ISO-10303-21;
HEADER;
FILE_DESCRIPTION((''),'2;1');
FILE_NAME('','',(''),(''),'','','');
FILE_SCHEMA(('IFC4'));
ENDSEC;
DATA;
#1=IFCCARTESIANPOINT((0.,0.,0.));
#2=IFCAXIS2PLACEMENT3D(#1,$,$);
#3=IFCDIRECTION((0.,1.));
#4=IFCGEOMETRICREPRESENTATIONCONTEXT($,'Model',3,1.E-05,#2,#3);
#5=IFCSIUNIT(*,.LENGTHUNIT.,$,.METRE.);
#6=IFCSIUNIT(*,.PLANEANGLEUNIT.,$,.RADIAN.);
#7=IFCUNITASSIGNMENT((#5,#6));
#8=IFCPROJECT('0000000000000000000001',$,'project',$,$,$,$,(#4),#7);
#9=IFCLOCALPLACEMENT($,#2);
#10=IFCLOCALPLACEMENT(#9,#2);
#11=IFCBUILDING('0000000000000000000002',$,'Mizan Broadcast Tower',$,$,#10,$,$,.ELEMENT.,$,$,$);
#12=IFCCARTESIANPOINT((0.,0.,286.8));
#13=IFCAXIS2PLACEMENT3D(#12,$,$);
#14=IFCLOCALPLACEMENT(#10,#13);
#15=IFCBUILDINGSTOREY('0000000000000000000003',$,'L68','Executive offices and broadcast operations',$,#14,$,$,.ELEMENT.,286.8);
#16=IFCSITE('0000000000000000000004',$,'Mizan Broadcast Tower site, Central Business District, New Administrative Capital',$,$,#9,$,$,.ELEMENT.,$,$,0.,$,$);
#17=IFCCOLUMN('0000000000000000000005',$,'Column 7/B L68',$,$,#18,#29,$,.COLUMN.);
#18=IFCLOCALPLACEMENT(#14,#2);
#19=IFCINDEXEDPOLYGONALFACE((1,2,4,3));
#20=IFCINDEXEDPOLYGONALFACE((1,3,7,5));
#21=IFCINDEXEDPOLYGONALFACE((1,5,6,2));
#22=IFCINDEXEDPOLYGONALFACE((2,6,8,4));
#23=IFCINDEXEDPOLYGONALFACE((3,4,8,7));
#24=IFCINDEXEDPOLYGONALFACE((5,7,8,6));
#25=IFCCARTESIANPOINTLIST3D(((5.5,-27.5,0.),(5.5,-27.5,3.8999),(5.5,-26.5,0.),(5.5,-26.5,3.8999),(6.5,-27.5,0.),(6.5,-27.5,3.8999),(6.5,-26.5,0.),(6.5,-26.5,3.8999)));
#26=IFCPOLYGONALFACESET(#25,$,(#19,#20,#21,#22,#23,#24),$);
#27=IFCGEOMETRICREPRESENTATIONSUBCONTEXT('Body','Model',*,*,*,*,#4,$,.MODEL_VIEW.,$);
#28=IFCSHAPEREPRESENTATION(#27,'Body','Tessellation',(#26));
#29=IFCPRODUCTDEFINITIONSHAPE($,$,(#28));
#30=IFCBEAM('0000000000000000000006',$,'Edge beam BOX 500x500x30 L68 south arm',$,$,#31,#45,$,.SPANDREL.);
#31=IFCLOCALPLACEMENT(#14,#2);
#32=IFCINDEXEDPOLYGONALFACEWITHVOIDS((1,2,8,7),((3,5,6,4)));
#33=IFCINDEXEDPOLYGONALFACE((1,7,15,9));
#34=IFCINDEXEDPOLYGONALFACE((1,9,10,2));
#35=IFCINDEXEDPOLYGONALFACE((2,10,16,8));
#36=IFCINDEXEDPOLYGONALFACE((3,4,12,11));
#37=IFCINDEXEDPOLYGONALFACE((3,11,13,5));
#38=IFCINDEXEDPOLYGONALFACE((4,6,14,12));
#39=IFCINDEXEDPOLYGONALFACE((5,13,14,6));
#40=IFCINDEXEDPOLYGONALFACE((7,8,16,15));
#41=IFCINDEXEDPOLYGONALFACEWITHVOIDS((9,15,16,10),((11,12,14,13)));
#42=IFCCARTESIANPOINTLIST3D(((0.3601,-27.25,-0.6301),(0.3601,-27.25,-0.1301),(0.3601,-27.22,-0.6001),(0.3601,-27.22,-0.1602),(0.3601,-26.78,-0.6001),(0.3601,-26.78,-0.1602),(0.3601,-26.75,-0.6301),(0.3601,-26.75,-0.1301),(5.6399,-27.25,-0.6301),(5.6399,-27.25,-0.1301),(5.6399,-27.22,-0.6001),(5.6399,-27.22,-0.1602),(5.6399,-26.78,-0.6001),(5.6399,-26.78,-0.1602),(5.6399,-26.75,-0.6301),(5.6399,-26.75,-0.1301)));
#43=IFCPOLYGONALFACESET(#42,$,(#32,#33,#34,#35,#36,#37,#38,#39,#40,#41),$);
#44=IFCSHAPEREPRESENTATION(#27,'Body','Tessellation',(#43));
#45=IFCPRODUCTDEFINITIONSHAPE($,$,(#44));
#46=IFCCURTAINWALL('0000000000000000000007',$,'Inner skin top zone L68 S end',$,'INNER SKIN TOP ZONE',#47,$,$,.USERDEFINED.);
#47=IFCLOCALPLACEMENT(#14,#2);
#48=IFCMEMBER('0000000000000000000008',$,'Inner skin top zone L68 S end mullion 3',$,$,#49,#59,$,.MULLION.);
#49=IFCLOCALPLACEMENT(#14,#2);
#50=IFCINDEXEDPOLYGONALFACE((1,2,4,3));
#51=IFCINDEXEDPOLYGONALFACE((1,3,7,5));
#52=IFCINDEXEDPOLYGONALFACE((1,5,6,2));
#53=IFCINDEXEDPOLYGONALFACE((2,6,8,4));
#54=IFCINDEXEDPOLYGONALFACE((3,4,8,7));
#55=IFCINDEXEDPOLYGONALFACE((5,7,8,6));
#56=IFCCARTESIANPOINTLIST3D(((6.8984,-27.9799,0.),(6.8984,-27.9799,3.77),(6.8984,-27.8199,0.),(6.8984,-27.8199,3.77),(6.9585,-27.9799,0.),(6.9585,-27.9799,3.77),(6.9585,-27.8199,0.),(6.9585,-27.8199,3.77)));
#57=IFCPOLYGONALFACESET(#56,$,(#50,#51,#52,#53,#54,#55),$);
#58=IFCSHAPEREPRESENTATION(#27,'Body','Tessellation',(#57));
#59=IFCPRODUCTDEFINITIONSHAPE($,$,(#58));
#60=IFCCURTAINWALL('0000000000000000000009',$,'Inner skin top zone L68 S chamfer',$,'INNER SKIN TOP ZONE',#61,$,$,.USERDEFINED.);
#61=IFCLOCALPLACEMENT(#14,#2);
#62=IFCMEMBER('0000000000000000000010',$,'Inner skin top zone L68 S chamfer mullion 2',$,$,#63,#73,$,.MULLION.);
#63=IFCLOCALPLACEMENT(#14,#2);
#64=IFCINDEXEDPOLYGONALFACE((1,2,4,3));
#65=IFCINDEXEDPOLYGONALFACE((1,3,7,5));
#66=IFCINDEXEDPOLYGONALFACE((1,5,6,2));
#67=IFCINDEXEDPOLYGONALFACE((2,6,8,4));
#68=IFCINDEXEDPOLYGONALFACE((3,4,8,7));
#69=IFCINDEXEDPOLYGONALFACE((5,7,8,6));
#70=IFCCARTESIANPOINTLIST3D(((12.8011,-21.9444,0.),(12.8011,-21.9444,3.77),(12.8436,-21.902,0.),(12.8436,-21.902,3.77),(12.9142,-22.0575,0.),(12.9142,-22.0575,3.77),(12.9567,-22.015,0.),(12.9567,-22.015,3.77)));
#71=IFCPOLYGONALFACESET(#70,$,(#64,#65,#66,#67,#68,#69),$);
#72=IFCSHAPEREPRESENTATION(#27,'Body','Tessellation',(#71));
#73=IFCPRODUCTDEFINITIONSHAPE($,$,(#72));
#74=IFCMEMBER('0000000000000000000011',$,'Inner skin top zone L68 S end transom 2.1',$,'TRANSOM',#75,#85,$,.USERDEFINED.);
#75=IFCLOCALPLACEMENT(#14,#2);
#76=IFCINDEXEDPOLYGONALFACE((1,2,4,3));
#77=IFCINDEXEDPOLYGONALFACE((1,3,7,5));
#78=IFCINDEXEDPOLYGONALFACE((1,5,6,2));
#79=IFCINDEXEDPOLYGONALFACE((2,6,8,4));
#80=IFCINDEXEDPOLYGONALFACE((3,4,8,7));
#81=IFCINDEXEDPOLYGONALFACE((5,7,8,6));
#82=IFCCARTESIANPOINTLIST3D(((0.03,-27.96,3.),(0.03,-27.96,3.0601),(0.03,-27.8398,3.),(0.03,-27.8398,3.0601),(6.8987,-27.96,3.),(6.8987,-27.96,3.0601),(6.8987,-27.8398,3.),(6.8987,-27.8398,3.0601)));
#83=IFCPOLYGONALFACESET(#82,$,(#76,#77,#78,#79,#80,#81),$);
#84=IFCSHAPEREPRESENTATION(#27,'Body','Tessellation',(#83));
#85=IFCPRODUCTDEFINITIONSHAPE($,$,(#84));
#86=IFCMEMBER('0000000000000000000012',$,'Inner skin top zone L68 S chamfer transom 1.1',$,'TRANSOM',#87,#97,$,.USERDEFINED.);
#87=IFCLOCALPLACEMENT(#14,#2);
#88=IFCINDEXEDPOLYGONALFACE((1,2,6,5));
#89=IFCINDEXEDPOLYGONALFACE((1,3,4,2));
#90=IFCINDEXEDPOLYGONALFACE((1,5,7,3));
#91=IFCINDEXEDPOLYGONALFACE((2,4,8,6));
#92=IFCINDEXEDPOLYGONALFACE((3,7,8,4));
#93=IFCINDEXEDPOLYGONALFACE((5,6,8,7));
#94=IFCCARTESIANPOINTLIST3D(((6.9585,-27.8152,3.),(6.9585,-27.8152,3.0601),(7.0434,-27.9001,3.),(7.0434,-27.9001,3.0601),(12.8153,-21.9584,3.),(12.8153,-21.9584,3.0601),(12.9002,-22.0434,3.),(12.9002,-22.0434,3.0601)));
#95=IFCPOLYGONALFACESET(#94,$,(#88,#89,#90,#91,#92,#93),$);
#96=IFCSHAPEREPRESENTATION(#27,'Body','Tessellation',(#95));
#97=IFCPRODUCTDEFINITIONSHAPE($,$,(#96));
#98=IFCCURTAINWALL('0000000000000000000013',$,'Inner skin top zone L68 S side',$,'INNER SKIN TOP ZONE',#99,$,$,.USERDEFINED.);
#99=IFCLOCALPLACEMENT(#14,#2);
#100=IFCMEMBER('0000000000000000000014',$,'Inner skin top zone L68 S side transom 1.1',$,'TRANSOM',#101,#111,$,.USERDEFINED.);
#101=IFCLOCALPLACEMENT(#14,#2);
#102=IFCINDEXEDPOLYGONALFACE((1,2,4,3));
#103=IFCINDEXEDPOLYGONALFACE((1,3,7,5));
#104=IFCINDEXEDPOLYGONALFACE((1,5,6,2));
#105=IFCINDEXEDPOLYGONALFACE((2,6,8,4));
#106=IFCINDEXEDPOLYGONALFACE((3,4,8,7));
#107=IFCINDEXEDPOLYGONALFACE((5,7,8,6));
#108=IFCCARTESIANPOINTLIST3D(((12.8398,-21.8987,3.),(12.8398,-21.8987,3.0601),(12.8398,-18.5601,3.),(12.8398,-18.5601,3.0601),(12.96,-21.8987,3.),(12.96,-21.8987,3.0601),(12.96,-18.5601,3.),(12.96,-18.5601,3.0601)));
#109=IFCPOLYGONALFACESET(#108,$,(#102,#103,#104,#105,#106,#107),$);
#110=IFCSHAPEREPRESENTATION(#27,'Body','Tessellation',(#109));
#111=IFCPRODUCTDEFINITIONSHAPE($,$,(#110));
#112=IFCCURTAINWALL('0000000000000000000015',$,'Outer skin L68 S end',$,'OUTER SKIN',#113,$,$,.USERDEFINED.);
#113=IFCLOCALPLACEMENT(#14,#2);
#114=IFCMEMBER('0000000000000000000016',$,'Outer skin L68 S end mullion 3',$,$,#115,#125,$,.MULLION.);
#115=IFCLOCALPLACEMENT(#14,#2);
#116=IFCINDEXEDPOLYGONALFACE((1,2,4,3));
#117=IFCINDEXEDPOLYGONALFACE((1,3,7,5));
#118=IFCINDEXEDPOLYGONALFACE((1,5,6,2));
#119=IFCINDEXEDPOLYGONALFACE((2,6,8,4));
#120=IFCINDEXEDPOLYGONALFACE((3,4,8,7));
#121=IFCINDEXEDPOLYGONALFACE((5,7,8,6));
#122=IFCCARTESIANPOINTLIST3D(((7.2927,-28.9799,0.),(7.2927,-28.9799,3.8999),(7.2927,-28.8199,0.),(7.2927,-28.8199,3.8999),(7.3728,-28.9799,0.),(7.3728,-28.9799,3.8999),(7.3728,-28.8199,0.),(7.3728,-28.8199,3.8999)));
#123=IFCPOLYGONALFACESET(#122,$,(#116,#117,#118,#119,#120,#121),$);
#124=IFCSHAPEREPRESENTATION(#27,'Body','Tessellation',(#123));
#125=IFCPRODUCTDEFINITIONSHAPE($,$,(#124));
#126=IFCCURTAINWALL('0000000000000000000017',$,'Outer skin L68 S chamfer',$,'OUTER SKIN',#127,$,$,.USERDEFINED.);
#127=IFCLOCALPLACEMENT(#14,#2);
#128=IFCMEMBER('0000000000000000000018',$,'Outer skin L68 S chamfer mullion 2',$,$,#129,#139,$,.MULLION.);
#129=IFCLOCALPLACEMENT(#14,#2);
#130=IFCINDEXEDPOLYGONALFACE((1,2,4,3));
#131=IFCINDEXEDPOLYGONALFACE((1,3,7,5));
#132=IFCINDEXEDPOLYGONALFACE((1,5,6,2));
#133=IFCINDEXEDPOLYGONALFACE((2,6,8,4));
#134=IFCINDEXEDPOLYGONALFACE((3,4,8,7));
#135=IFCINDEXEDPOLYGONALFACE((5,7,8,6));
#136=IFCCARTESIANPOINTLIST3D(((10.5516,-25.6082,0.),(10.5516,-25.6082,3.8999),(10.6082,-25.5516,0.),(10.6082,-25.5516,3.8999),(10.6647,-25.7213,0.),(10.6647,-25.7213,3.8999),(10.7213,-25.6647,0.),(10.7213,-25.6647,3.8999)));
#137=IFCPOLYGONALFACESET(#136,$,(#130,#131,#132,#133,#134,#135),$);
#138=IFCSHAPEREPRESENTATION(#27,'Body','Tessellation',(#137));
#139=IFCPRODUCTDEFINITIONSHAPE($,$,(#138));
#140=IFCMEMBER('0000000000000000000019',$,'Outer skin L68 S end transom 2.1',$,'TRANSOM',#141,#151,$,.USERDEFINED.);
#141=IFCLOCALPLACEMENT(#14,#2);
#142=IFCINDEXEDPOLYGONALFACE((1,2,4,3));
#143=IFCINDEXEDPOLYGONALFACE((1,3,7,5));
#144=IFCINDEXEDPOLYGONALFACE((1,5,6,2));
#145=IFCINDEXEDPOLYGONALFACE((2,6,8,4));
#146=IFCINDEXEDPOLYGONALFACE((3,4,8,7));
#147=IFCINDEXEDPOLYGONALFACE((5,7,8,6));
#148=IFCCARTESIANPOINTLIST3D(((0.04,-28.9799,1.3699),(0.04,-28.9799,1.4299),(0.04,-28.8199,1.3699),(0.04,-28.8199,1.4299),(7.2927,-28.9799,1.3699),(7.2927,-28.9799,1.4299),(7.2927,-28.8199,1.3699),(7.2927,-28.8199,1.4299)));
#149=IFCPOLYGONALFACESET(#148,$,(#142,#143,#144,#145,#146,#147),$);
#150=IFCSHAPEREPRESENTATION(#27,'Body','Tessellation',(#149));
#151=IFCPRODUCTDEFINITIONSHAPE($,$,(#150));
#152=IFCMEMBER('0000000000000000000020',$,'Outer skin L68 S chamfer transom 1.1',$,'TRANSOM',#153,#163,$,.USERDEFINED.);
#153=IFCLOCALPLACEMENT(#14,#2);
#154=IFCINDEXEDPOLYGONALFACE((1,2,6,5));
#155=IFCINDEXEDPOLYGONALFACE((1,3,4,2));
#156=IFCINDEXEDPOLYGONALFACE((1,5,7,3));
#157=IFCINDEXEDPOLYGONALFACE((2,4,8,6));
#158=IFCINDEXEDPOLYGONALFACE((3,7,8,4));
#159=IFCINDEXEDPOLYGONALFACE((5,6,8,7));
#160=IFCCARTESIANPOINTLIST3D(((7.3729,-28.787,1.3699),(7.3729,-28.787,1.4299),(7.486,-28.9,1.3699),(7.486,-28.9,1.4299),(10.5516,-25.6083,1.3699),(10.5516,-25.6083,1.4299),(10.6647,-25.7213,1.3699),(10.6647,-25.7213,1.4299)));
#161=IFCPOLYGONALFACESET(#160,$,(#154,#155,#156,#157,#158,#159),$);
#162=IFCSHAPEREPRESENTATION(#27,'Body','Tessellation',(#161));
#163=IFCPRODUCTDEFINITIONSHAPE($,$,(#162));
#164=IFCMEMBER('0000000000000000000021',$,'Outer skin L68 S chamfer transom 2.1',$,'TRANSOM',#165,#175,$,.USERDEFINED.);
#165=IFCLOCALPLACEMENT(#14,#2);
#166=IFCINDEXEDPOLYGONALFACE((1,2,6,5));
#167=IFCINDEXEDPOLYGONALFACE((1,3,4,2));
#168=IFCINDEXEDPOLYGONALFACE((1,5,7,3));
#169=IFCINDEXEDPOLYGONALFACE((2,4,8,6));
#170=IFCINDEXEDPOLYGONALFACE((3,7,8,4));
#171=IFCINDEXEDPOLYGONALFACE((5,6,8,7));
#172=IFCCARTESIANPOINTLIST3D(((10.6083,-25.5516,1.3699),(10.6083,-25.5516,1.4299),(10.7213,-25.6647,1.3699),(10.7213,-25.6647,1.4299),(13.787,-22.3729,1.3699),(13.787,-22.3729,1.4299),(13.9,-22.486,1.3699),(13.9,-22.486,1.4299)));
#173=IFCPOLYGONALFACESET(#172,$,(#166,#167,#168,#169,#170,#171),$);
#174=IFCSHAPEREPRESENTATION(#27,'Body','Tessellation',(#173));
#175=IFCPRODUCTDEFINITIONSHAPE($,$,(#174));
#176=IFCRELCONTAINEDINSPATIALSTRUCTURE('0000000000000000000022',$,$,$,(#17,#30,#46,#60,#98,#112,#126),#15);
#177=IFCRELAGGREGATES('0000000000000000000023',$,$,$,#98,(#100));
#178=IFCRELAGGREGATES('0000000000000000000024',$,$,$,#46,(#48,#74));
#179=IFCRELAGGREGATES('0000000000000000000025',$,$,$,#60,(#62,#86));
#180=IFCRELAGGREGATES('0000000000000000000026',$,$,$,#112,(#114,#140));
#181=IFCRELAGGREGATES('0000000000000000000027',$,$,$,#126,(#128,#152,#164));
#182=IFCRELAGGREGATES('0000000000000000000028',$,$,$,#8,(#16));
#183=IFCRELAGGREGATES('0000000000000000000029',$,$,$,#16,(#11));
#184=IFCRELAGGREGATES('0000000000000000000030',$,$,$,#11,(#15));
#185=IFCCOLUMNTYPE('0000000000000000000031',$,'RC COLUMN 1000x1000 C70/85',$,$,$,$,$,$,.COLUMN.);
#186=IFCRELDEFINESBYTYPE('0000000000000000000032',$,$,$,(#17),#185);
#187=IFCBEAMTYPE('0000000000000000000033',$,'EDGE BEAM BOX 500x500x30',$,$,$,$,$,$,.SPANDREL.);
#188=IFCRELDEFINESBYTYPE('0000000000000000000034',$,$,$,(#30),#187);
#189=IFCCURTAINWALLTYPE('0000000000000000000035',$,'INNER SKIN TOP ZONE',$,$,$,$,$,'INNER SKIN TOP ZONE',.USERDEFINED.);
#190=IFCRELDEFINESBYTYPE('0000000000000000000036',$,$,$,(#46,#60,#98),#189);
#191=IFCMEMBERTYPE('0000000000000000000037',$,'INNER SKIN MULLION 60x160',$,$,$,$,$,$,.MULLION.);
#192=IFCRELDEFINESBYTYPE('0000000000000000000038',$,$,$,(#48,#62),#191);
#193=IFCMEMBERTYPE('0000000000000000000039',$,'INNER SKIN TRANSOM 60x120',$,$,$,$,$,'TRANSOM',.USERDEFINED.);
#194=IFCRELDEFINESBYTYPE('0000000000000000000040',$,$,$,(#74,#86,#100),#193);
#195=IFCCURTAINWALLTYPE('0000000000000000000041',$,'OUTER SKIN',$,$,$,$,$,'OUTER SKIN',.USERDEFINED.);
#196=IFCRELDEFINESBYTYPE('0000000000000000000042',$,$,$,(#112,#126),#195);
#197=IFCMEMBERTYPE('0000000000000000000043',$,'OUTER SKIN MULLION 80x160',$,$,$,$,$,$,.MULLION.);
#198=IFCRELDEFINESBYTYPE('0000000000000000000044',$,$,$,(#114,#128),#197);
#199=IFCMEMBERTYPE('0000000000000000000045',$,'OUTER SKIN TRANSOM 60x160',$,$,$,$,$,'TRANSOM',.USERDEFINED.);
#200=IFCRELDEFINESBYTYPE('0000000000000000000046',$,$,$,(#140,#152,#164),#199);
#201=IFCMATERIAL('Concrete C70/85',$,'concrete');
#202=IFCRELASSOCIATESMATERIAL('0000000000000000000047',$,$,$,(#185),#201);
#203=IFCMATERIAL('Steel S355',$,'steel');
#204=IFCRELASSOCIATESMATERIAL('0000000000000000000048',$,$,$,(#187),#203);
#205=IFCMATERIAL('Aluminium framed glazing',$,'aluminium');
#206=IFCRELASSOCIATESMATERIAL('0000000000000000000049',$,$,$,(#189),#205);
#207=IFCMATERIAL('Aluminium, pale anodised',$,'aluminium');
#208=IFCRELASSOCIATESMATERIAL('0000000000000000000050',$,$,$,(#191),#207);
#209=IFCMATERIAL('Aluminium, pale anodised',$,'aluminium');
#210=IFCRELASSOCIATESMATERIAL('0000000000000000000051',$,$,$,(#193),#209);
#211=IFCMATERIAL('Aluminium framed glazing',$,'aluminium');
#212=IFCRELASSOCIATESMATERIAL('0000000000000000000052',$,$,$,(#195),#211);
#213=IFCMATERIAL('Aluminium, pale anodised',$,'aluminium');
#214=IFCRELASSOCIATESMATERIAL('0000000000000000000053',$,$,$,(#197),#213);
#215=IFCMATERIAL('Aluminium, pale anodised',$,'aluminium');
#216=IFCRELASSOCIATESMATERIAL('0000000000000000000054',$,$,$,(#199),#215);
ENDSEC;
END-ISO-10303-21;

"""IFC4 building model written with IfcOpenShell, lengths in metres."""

from ifc_helpers import new_model, si_unit, direction, frame, origin, origin_2d, place, context, subcontext, project, spatial, rectangle, hollow_rectangle, extrude, material, material_profile, profile_set, type_object, element, aggregate, save


model = new_model("IFC4")

# Units and contexts
model_context = context("Model", 3, precision=1e-05, world=origin(), true_north=direction((0.0, 1.0)))
body_context = subcontext(model_context, "Body", "Model", "MODEL_VIEW")
ifc_project = project(units=[si_unit("LENGTHUNIT", "METRE"), si_unit("PLANEANGLEUNIT", "RADIAN")], contexts=[model_context])

# Site, building, storey
site_placement = place(None, origin())
site = spatial("IfcSite", under=ifc_project, at=site_placement, Name="Mizan Broadcast Tower site, Central Business District, New Administrative Capital", CompositionType="ELEMENT", RefElevation=0.0)
building_placement = place(site_placement, origin())
building = spatial("IfcBuilding", under=site, at=building_placement, Name="Mizan Broadcast Tower", CompositionType="ELEMENT")
storey_placement = place(building_placement, frame((0.0, 0.0, 286.8)))
storey = spatial("IfcBuildingStorey", under=building, at=storey_placement, Name="L68", Description="Executive offices and broadcast operations", CompositionType="ELEMENT", Elevation=286.8)

# Column
ifc_material_1 = material(Name="Concrete C70/85", Category="concrete")
ifc_material_profile_1 = material_profile(ifc_material_1, rectangle(XDim=1.0, YDim=1.0, at=origin_2d()), Name="RC 1000x1000")
ifc_profile_set_1 = profile_set([ifc_material_profile_1], Name="Concrete C70/85")
column_type = type_object("IfcColumnType", Name="RC COLUMN 1000x1000 C70/85", PredefinedType="COLUMN", material=ifc_profile_set_1)
column_placement = place(storey_placement, frame((6.0, -27.0, 0.0), z_axis=(0.0, 0.0, 1.0), x_axis=(1.0, 0.0, 0.0)))
element("IfcColumn", 1, at=column_placement, inside=storey, type_object=column_type, Name="Column 7/B L68", PredefinedType="COLUMN", context=body_context, shape_type="SweptSolid", body=[
    extrude(rectangle(XDim=1.0, YDim=1.0, at=origin_2d()), origin(), (0.0, 0.0, 1.0), 3.8999),
])

# Beam
ifc_material_2 = material(Name="Steel S355", Category="steel")
ifc_material_profile_2 = material_profile(ifc_material_2, hollow_rectangle(XDim=0.5, YDim=0.5, WallThickness=0.03, at=origin_2d()), Name="BOX 500x500x30")
ifc_profile_set_2 = profile_set([ifc_material_profile_2], Name="Steel S355")
beam_type_1 = type_object("IfcBeamType", Name="EDGE BEAM BOX 500x500x30", PredefinedType="SPANDREL", material=ifc_profile_set_2)
beam_1_placement = place(storey_placement, frame((5.6399, -27.0, -0.3801), z_axis=(-1.0, 0.0, 0.0), x_axis=(0.0, -1.0, 0.0)))
element("IfcBeam", 2, at=beam_1_placement, inside=storey, type_object=beam_type_1, Name="Edge beam BOX 500x500x30 L68 south arm", PredefinedType="SPANDREL", context=body_context, shape_type="SweptSolid", body=[
    extrude(hollow_rectangle(XDim=0.5, YDim=0.5, WallThickness=0.03, at=origin_2d()), origin(), (0.0, 0.0, 1.0), 5.2798),
])

# Curtain walls, members
ifc_material_3 = material(Name="Aluminium framed glazing", Category="aluminium")
curtain_wall_type_1 = type_object("IfcCurtainWallType", Name="INNER SKIN TOP ZONE", ElementType="INNER SKIN TOP ZONE", PredefinedType="USERDEFINED", material=ifc_material_3)
curtain_wall_1_placement = place(storey_placement, origin())
curtain_wall_1 = element("IfcCurtainWall", 3, at=curtain_wall_1_placement, inside=storey, type_object=curtain_wall_type_1, Name="Inner skin top zone L68 S end", ObjectType="INNER SKIN TOP ZONE", PredefinedType="USERDEFINED")
ifc_material_4 = material(Name="Aluminium, pale anodised", Category="aluminium")
ifc_material_profile_3 = material_profile(ifc_material_4, rectangle(XDim=0.1599, YDim=0.0601, at=origin_2d()), Name="MULLION 160x60")
ifc_profile_set_3 = profile_set([ifc_material_profile_3], Name="Aluminium, pale anodised")
member_type_1 = type_object("IfcMemberType", Name="INNER SKIN MULLION 60x160", PredefinedType="MULLION", material=ifc_profile_set_3)
member_1_placement = place(storey_placement, frame((6.9285, -27.8999, 0.0), z_axis=(0.0, 0.0, 1.0), x_axis=(0.0, 1.0, 0.0)))
member_1 = element("IfcMember", 4, at=member_1_placement, type_object=member_type_1, Name="Inner skin top zone L68 S end mullion 3", PredefinedType="MULLION", context=body_context, shape_type="SweptSolid", body=[
    extrude(rectangle(XDim=0.1599, YDim=0.0601, at=origin_2d()), origin(), (0.0, 0.0, 1.0), 3.77),
])
curtain_wall_2_placement = place(storey_placement, origin())
curtain_wall_2 = element("IfcCurtainWall", 5, at=curtain_wall_2_placement, inside=storey, type_object=curtain_wall_type_1, Name="Inner skin top zone L68 S chamfer", ObjectType="INNER SKIN TOP ZONE", PredefinedType="USERDEFINED")
member_2_placement = place(storey_placement, frame((12.8789, -21.9797, 0.0), z_axis=(0.0, 0.0, 1.0), x_axis=(-0.707107, 0.707107, 0.0)))
member_2 = element("IfcMember", 6, at=member_2_placement, type_object=member_type_1, Name="Inner skin top zone L68 S chamfer mullion 2", PredefinedType="MULLION", context=body_context, shape_type="SweptSolid", body=[
    extrude(rectangle(XDim=0.1599, YDim=0.0601, at=origin_2d()), origin(), (0.0, 0.0, 1.0), 3.77),
])

# Members
ifc_material_5 = material(Name="Aluminium, pale anodised", Category="aluminium")
ifc_material_profile_4 = material_profile(ifc_material_5, rectangle(XDim=0.1201, YDim=0.0601, at=origin_2d()), Name="TRANSOM 120x60")
ifc_profile_set_4 = profile_set([ifc_material_profile_4], Name="Aluminium, pale anodised")
member_type_2 = type_object("IfcMemberType", Name="INNER SKIN TRANSOM 60x120", ElementType="TRANSOM", PredefinedType="USERDEFINED", material=ifc_profile_set_4)
member_3_placement = place(storey_placement, frame((0.03, -27.8999, 3.03), z_axis=(1.0, 0.0, 0.0), x_axis=(0.0, 1.0, 0.0)))
member_3 = element("IfcMember", 7, at=member_3_placement, type_object=member_type_2, Name="Inner skin top zone L68 S end transom 2.1", ObjectType="TRANSOM", PredefinedType="USERDEFINED", context=body_context, shape_type="SweptSolid", body=[
    extrude(rectangle(XDim=0.1201, YDim=0.0601, at=origin_2d()), origin(), (0.0, 0.0, 1.0), 6.8687),
])
member_4_placement = place(storey_placement, frame((7.001, -27.8577, 3.03), z_axis=(0.707107, 0.707107, 0.0), x_axis=(-0.707107, 0.707107, 0.0)))
member_4 = element("IfcMember", 8, at=member_4_placement, type_object=member_type_2, Name="Inner skin top zone L68 S chamfer transom 1.1", ObjectType="TRANSOM", PredefinedType="USERDEFINED", context=body_context, shape_type="SweptSolid", body=[
    extrude(rectangle(XDim=0.1201, YDim=0.0601, at=origin_2d()), origin(), (0.0, 0.0, 1.0), 8.2827),
])

# Curtain walls, members
curtain_wall_3_placement = place(storey_placement, origin())
curtain_wall_3 = element("IfcCurtainWall", 9, at=curtain_wall_3_placement, inside=storey, type_object=curtain_wall_type_1, Name="Inner skin top zone L68 S side", ObjectType="INNER SKIN TOP ZONE", PredefinedType="USERDEFINED")
member_5_placement = place(storey_placement, frame((12.8999, -21.8987, 3.03), z_axis=(0.0, 1.0, 0.0), x_axis=(-1.0, 0.0, 0.0)))
member_5 = element("IfcMember", 10, at=member_5_placement, type_object=member_type_2, Name="Inner skin top zone L68 S side transom 1.1", ObjectType="TRANSOM", PredefinedType="USERDEFINED", context=body_context, shape_type="SweptSolid", body=[
    extrude(rectangle(XDim=0.1201, YDim=0.0601, at=origin_2d()), origin(), (0.0, 0.0, 1.0), 3.3386),
])
aggregate(curtain_wall_3, [member_5])
ifc_material_6 = material(Name="Aluminium framed glazing", Category="aluminium")
curtain_wall_type_2 = type_object("IfcCurtainWallType", Name="OUTER SKIN", ElementType="OUTER SKIN", PredefinedType="USERDEFINED", material=ifc_material_6)
curtain_wall_4_placement = place(storey_placement, origin())
curtain_wall_4 = element("IfcCurtainWall", 11, at=curtain_wall_4_placement, inside=storey, type_object=curtain_wall_type_2, Name="Outer skin L68 S end", ObjectType="OUTER SKIN", PredefinedType="USERDEFINED")
ifc_material_7 = material(Name="Aluminium, pale anodised", Category="aluminium")
ifc_material_profile_5 = material_profile(ifc_material_7, rectangle(XDim=0.1599, YDim=0.0801, at=origin_2d()), Name="MULLION 160x80")
ifc_profile_set_5 = profile_set([ifc_material_profile_5], Name="Aluminium, pale anodised")
member_type_3 = type_object("IfcMemberType", Name="OUTER SKIN MULLION 80x160", PredefinedType="MULLION", material=ifc_profile_set_5)
member_6_placement = place(storey_placement, frame((7.3328, -28.8999, 0.0), z_axis=(0.0, 0.0, 1.0), x_axis=(0.0, 1.0, 0.0)))
member_6 = element("IfcMember", 12, at=member_6_placement, type_object=member_type_3, Name="Outer skin L68 S end mullion 3", PredefinedType="MULLION", context=body_context, shape_type="SweptSolid", body=[
    extrude(rectangle(XDim=0.1599, YDim=0.0801, at=origin_2d()), origin(), (0.0, 0.0, 1.0), 3.8999),
])
curtain_wall_5_placement = place(storey_placement, origin())
curtain_wall_5 = element("IfcCurtainWall", 13, at=curtain_wall_5_placement, inside=storey, type_object=curtain_wall_type_2, Name="Outer skin L68 S chamfer", ObjectType="OUTER SKIN", PredefinedType="USERDEFINED")
member_7_placement = place(storey_placement, frame((10.6365, -25.6365, 0.0), z_axis=(0.0, 0.0, 1.0), x_axis=(-0.707107, 0.707107, 0.0)))
member_7 = element("IfcMember", 14, at=member_7_placement, type_object=member_type_3, Name="Outer skin L68 S chamfer mullion 2", PredefinedType="MULLION", context=body_context, shape_type="SweptSolid", body=[
    extrude(rectangle(XDim=0.1599, YDim=0.0801, at=origin_2d()), origin(), (0.0, 0.0, 1.0), 3.8999),
])

# Members
ifc_material_8 = material(Name="Aluminium, pale anodised", Category="aluminium")
ifc_material_profile_6 = material_profile(ifc_material_8, rectangle(XDim=0.1599, YDim=0.0601, at=origin_2d()), Name="TRANSOM 160x60")
ifc_profile_set_6 = profile_set([ifc_material_profile_6], Name="Aluminium, pale anodised")
member_type_4 = type_object("IfcMemberType", Name="OUTER SKIN TRANSOM 60x160", ElementType="TRANSOM", PredefinedType="USERDEFINED", material=ifc_profile_set_6)
member_8_placement = place(storey_placement, frame((0.04, -28.8999, 1.3999), z_axis=(1.0, 0.0, 0.0), x_axis=(0.0, 1.0, 0.0)))
member_8 = element("IfcMember", 15, at=member_8_placement, type_object=member_type_4, Name="Outer skin L68 S end transom 2.1", ObjectType="TRANSOM", PredefinedType="USERDEFINED", context=body_context, shape_type="SweptSolid", body=[
    extrude(rectangle(XDim=0.1599, YDim=0.0601, at=origin_2d()), origin(), (0.0, 0.0, 1.0), 7.2527),
])
member_9_placement = place(storey_placement, frame((7.4294, -28.8435, 1.3999), z_axis=(0.707107, 0.707107, 0.0), x_axis=(-0.707107, 0.707107, 0.0)))
member_9 = element("IfcMember", 16, at=member_9_placement, type_object=member_type_4, Name="Outer skin L68 S chamfer transom 1.1", ObjectType="TRANSOM", PredefinedType="USERDEFINED", context=body_context, shape_type="SweptSolid", body=[
    extrude(rectangle(XDim=0.1599, YDim=0.0601, at=origin_2d()), origin(), (0.0, 0.0, 1.0), 4.4954),
])
member_10_placement = place(storey_placement, frame((10.6648, -25.6082, 1.3999), z_axis=(0.707107, 0.707107, 0.0), x_axis=(-0.707107, 0.707107, 0.0)))
member_10 = element("IfcMember", 17, at=member_10_placement, type_object=member_type_4, Name="Outer skin L68 S chamfer transom 2.1", ObjectType="TRANSOM", PredefinedType="USERDEFINED", context=body_context, shape_type="SweptSolid", body=[
    extrude(rectangle(XDim=0.1599, YDim=0.0601, at=origin_2d()), origin(), (0.0, 0.0, 1.0), 4.4954),
])

aggregate(curtain_wall_1, [member_1, member_3])
aggregate(curtain_wall_2, [member_2, member_4])
aggregate(curtain_wall_4, [member_6, member_8])
aggregate(curtain_wall_5, [member_7, member_9, member_10])

save(model, "model.ifc")
